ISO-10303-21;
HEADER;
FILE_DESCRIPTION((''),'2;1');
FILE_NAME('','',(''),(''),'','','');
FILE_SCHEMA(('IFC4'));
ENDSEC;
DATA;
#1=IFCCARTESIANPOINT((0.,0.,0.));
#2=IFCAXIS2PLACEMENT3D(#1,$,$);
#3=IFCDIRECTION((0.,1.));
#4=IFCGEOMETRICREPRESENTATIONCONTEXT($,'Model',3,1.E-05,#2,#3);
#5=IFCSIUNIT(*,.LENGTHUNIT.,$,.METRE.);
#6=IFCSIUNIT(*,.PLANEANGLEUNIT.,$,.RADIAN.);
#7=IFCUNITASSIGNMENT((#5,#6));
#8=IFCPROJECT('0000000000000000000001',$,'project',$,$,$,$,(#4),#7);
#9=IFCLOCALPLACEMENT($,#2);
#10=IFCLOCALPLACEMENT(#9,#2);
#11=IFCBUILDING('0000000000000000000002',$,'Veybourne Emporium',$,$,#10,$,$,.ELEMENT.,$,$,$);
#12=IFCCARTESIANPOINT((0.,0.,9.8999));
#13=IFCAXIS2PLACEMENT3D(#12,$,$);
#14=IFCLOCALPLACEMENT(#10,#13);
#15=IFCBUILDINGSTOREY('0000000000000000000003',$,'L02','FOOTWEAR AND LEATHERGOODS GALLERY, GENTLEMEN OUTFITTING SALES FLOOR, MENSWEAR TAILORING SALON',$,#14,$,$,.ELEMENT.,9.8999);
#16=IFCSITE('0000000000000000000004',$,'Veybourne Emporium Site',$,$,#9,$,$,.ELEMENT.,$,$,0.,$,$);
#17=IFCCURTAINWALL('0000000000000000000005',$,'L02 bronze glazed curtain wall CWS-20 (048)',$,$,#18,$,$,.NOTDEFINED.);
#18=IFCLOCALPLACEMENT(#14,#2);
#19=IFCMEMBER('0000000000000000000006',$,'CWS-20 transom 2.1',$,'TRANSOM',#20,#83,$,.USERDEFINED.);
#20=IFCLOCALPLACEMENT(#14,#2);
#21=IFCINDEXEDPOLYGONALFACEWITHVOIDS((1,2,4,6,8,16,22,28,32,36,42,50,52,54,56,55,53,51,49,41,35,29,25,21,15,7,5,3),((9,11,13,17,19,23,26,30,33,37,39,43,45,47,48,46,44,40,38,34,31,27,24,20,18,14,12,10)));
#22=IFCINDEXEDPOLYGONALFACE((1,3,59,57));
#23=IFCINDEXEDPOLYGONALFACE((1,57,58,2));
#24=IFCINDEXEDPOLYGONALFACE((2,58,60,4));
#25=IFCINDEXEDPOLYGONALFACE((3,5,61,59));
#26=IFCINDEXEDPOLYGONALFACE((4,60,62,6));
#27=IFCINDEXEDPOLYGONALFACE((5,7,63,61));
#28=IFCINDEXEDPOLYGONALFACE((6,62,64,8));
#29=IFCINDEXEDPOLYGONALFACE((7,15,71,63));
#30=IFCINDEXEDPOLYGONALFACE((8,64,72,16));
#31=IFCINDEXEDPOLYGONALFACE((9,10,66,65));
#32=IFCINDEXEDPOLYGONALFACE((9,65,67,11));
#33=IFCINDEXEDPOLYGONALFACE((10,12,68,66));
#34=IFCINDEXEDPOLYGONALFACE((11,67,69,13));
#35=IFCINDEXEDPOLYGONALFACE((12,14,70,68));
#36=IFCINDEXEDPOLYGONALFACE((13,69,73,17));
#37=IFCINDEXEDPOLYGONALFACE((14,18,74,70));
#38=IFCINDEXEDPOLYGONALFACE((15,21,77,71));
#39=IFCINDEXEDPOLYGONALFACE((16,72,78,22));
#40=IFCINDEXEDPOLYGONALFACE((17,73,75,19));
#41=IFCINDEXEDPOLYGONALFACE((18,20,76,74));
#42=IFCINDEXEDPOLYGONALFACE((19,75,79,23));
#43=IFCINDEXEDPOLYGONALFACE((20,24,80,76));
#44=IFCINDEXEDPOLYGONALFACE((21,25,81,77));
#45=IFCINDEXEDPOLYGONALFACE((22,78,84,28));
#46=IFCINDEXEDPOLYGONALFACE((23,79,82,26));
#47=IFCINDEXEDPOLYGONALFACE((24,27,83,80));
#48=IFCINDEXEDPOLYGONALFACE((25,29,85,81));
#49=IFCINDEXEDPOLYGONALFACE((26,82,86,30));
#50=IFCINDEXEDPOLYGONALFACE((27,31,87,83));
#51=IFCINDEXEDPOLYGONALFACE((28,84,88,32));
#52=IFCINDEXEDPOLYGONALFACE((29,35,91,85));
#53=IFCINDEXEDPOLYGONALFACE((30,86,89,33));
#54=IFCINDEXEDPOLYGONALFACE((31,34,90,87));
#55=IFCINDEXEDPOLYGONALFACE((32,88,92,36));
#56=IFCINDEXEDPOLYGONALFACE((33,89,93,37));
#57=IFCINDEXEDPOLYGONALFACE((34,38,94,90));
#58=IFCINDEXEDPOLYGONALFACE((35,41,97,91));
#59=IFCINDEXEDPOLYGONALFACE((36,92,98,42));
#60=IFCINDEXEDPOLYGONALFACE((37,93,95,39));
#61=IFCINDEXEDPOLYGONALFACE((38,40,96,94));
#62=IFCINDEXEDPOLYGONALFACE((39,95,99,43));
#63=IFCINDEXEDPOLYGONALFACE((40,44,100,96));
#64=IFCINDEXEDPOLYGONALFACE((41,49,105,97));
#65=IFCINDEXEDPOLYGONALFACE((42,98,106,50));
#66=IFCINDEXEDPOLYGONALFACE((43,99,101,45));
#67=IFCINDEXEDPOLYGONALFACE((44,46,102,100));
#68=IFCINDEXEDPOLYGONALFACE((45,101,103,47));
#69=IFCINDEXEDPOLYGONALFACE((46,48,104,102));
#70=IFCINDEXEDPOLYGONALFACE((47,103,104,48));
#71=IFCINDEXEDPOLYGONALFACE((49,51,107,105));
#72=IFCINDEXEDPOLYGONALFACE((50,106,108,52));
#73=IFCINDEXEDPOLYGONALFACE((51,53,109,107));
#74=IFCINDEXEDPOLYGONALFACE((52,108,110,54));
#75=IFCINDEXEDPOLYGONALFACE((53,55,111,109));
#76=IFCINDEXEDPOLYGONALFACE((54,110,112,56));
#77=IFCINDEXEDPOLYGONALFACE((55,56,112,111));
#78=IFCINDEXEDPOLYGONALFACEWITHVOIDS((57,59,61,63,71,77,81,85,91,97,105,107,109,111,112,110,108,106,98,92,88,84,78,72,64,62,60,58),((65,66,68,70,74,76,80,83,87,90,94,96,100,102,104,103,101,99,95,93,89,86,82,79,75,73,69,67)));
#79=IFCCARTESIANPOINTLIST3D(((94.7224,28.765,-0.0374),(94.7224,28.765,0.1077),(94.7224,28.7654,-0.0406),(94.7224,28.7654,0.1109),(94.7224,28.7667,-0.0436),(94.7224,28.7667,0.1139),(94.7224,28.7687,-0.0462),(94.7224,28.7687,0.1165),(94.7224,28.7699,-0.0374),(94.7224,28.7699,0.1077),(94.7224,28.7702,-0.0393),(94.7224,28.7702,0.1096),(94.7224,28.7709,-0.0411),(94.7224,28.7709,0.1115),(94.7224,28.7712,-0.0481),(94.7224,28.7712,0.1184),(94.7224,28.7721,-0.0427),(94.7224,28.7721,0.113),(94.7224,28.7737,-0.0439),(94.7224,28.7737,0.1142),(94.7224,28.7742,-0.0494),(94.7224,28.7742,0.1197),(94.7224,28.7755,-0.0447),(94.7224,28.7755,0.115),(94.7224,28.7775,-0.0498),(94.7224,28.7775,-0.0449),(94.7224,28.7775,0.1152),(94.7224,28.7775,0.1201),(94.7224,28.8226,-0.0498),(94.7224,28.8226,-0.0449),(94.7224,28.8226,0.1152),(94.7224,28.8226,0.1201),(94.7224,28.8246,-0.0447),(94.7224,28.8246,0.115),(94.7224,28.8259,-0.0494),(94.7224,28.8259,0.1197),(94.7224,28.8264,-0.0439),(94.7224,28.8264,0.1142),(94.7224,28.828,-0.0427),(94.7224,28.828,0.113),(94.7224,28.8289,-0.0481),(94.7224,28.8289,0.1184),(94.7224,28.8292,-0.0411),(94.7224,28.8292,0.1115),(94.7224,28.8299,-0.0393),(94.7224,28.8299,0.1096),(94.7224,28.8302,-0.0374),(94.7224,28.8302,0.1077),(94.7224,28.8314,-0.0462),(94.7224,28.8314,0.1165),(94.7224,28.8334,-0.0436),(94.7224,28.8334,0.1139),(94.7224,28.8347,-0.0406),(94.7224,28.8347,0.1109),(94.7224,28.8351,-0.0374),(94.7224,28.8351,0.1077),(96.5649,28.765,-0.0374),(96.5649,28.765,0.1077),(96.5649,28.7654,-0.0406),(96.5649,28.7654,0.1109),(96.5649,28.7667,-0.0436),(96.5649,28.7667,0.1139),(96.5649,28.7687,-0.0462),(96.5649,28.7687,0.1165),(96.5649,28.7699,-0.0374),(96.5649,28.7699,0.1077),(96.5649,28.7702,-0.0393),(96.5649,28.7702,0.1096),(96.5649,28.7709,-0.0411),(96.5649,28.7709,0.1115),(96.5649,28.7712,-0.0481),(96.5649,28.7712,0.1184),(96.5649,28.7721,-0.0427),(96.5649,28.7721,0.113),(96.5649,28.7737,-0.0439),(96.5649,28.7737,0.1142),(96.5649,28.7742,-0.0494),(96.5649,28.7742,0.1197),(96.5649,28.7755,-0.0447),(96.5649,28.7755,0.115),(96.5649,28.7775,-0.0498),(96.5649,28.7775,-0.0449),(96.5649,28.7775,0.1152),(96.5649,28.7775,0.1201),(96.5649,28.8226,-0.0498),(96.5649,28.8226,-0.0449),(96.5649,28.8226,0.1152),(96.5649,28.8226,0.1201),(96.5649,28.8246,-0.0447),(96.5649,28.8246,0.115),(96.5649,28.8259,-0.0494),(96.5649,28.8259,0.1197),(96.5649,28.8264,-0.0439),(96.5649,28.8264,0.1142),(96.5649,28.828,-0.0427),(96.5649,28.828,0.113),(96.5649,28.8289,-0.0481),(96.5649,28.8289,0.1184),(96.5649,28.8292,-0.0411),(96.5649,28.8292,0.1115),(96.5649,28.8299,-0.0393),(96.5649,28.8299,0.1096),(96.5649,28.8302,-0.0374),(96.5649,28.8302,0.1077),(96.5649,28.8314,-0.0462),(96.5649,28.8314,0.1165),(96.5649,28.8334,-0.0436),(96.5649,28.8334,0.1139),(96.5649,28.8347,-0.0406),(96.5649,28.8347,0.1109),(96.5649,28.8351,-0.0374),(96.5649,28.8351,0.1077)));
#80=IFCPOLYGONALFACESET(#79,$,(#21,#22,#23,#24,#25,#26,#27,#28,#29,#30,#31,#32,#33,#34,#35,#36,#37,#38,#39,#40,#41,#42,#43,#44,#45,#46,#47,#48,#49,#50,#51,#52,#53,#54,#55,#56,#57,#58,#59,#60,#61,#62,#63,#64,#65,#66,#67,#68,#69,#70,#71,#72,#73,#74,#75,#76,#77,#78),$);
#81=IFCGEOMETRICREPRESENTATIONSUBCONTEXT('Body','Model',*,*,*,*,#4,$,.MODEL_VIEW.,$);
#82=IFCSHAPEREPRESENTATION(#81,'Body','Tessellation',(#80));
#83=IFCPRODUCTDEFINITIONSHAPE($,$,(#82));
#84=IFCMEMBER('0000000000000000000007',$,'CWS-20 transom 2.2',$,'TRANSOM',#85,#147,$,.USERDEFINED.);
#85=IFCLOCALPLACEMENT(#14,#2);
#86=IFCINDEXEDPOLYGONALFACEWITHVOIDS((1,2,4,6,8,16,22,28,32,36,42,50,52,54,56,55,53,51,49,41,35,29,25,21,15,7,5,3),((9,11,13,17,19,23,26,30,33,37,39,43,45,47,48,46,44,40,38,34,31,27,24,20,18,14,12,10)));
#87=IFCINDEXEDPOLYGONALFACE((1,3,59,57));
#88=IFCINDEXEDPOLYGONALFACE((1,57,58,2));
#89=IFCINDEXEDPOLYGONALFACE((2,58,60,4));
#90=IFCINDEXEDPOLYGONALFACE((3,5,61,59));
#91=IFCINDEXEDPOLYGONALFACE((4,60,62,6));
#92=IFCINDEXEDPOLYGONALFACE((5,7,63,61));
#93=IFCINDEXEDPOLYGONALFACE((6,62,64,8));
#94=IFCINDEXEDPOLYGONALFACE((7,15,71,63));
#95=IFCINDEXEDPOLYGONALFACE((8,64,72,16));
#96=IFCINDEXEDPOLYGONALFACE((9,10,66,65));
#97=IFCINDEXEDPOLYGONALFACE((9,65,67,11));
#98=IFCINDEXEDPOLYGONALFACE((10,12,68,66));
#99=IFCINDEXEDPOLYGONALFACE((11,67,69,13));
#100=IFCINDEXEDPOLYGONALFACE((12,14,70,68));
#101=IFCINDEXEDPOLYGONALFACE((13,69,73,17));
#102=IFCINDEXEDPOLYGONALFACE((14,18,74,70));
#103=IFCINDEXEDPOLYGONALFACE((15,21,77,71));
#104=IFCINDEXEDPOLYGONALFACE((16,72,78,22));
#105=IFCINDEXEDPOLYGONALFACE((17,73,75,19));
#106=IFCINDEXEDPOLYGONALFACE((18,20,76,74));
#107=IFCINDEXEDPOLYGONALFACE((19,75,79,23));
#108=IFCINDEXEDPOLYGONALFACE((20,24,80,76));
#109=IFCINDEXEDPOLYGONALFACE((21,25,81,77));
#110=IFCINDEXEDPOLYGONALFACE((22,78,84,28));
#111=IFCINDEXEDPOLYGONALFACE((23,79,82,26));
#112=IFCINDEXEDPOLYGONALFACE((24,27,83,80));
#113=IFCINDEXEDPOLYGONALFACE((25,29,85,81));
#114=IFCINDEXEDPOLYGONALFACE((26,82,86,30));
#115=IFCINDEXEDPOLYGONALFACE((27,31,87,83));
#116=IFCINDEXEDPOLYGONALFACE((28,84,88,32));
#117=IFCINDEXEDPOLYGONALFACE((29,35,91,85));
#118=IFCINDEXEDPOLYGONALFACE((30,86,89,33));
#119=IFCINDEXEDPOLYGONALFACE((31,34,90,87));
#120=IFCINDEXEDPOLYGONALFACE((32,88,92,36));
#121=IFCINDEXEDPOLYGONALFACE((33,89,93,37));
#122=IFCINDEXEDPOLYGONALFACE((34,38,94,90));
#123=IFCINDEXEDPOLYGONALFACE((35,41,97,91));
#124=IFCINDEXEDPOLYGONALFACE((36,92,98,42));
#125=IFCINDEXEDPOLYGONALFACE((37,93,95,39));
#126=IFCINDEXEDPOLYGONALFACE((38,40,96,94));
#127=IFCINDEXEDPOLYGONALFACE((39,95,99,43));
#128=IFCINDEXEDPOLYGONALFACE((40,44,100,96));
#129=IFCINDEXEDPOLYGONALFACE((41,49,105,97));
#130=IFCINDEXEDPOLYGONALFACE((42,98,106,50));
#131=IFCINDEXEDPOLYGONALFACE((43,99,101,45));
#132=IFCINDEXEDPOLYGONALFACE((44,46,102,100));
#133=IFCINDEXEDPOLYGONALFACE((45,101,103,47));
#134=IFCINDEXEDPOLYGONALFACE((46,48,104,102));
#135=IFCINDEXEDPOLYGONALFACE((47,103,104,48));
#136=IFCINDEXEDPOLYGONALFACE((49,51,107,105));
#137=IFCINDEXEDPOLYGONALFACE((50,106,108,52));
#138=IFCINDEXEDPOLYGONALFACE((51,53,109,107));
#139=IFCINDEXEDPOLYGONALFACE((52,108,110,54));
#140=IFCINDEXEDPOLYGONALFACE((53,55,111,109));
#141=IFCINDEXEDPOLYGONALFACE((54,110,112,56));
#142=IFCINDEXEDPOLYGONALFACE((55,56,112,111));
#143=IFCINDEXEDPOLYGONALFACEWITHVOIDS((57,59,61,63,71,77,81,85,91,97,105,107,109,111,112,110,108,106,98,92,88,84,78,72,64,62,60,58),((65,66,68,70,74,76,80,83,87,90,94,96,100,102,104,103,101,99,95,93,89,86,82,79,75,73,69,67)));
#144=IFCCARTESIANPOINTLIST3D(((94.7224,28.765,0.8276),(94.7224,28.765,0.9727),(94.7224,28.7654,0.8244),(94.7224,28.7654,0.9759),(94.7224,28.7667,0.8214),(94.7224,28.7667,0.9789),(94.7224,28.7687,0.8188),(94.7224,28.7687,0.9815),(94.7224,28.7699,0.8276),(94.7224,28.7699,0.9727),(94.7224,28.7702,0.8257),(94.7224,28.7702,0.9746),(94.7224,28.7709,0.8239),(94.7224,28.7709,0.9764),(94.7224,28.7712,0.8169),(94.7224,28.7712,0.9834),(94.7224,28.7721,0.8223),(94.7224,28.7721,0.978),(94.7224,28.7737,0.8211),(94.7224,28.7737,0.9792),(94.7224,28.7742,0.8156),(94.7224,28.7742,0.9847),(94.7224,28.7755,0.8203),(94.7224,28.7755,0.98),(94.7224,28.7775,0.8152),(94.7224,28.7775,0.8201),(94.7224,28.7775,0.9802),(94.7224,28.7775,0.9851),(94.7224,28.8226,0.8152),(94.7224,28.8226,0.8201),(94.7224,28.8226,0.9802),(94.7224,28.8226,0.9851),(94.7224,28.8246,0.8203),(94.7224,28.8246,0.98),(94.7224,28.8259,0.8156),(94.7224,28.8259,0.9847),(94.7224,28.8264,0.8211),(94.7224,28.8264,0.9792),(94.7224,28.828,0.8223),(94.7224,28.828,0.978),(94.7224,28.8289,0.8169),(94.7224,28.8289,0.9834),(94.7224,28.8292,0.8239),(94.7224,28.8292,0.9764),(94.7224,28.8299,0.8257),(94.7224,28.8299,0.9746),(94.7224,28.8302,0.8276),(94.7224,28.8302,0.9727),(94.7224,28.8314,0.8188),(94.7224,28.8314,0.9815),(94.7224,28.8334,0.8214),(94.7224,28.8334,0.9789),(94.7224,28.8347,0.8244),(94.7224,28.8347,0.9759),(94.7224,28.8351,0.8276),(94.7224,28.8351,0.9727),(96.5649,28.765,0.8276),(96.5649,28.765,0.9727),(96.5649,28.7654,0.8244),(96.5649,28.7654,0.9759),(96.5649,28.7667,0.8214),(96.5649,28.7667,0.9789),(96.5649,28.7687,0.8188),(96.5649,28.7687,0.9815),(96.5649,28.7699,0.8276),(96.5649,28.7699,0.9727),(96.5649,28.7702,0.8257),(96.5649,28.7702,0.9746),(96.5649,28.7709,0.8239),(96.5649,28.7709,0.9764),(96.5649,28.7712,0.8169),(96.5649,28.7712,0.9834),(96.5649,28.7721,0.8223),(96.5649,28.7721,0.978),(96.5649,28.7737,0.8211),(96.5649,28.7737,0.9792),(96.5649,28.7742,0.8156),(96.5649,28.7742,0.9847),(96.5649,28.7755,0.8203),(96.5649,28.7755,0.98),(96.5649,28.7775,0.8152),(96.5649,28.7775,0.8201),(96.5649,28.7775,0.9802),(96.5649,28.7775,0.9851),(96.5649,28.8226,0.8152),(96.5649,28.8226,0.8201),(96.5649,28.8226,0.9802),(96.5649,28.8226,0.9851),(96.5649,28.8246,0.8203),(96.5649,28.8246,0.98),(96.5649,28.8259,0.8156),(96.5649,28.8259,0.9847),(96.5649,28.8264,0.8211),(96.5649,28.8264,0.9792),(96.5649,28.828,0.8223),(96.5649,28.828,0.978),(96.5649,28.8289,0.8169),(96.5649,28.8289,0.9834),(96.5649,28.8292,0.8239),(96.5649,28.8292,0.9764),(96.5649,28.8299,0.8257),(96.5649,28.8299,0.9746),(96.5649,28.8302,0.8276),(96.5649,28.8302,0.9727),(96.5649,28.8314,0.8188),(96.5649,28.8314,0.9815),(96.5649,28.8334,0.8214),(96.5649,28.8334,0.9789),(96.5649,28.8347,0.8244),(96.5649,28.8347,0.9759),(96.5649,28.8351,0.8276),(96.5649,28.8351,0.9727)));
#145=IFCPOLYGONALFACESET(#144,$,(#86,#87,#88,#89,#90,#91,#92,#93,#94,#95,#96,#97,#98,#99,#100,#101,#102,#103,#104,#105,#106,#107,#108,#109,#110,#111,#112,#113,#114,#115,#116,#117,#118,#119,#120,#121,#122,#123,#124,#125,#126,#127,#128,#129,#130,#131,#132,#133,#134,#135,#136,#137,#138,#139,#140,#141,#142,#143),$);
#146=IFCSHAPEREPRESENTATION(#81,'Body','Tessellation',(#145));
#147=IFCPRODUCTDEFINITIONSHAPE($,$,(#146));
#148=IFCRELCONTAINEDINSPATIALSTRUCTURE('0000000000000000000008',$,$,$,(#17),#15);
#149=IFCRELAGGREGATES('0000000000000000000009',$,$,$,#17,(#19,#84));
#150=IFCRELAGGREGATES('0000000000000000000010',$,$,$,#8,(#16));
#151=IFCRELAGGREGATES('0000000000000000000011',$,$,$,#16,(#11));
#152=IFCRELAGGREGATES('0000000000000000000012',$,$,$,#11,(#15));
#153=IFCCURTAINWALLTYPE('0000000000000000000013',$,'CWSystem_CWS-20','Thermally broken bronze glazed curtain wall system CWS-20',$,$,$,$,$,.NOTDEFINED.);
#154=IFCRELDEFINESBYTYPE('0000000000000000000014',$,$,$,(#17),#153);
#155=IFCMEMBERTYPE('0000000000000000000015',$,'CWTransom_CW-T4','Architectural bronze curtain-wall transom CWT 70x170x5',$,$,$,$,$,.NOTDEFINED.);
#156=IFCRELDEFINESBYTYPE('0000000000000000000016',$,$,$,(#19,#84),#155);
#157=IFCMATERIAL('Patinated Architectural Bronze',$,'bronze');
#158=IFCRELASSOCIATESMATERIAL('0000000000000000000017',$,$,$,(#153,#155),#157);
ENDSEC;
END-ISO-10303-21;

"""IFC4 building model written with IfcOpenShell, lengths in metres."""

from ifc_helpers import new_model, si_unit, direction, frame, origin, origin_2d, place, context, subcontext, project, spatial, hollow_rectangle, extrude, material, material_profile, profile_set, type_object, element, aggregate, save


model = new_model("IFC4")

# Units and contexts
model_context = context("Model", 3, precision=1e-05, world=origin(), true_north=direction((0.0, 1.0)))
body_context = subcontext(model_context, "Body", "Model", "MODEL_VIEW")
ifc_project = project(units=[si_unit("LENGTHUNIT", "METRE"), si_unit("PLANEANGLEUNIT", "RADIAN")], contexts=[model_context])

# Site, building, storey
site_placement = place(None, origin())
site = spatial("IfcSite", under=ifc_project, at=site_placement, Name="Veybourne Emporium Site", CompositionType="ELEMENT", RefElevation=0.0)
building_placement = place(site_placement, origin())
building = spatial("IfcBuilding", under=site, at=building_placement, Name="Veybourne Emporium", CompositionType="ELEMENT")
storey_placement = place(building_placement, frame((0.0, 0.0, 9.8999)))
storey = spatial("IfcBuildingStorey", under=building, at=storey_placement, Name="L02", Description="FOOTWEAR AND LEATHERGOODS GALLERY, GENTLEMEN OUTFITTING SALES FLOOR, MENSWEAR TAILORING SALON", CompositionType="ELEMENT", Elevation=9.8999)

# Curtain wall, members
ifc_material_1 = material(Name="Patinated Architectural Bronze", Category="bronze")
curtain_wall_type = type_object("IfcCurtainWallType", Name="CWSystem_CWS-20", Description="Thermally broken bronze glazed curtain wall system CWS-20", PredefinedType="NOTDEFINED", material=ifc_material_1)
curtain_wall_placement = place(storey_placement, origin())
curtain_wall = element("IfcCurtainWall", 1, at=curtain_wall_placement, inside=storey, type_object=curtain_wall_type, Name="L02 bronze glazed curtain wall CWS-20 (048)", PredefinedType="NOTDEFINED")
ifc_material_profile_1 = material_profile(ifc_material_1, hollow_rectangle(XDim=0.0701, YDim=0.1699, WallThickness=0.0049, InnerFilletRadius=0.0076, OuterFilletRadius=0.0125, at=origin_2d()), Name="CWT 70x170x5")
ifc_profile_set_1 = profile_set([ifc_material_profile_1], Name="Patinated Architectural Bronze")
member_type_1 = type_object("IfcMemberType", Name="CWTransom_CW-T4", Description="Architectural bronze curtain-wall transom CWT 70x170x5", PredefinedType="NOTDEFINED", material=ifc_profile_set_1)
member_1_placement = place(storey_placement, frame((94.7224, 28.8, 0.0352), z_axis=(1.0, 0.0, 0.0), x_axis=(0.0, 1.0, 0.0)))
member_1 = element("IfcMember", 2, at=member_1_placement, type_object=member_type_1, Name="CWS-20 transom 2.1", ObjectType="TRANSOM", PredefinedType="USERDEFINED", context=body_context, shape_type="SweptSolid", body=[
    extrude(hollow_rectangle(XDim=0.0701, YDim=0.1699, WallThickness=0.0049, InnerFilletRadius=0.0076, OuterFilletRadius=0.0125, at=origin_2d()), origin(), (0.0, 0.0, 1.0), 1.8425),
])
member_2_placement = place(storey_placement, frame((94.7224, 28.8, 0.9001), z_axis=(1.0, 0.0, 0.0), x_axis=(0.0, 1.0, 0.0)))
member_2 = element("IfcMember", 3, at=member_2_placement, type_object=member_type_1, Name="CWS-20 transom 2.2", ObjectType="TRANSOM", PredefinedType="USERDEFINED", context=body_context, shape_type="SweptSolid", body=[
    extrude(hollow_rectangle(XDim=0.0701, YDim=0.1699, WallThickness=0.0049, InnerFilletRadius=0.0076, OuterFilletRadius=0.0125, at=origin_2d()), origin(), (0.0, 0.0, 1.0), 1.8425),
])
aggregate(curtain_wall, [member_1, member_2])

save(model, "model.ifc")
